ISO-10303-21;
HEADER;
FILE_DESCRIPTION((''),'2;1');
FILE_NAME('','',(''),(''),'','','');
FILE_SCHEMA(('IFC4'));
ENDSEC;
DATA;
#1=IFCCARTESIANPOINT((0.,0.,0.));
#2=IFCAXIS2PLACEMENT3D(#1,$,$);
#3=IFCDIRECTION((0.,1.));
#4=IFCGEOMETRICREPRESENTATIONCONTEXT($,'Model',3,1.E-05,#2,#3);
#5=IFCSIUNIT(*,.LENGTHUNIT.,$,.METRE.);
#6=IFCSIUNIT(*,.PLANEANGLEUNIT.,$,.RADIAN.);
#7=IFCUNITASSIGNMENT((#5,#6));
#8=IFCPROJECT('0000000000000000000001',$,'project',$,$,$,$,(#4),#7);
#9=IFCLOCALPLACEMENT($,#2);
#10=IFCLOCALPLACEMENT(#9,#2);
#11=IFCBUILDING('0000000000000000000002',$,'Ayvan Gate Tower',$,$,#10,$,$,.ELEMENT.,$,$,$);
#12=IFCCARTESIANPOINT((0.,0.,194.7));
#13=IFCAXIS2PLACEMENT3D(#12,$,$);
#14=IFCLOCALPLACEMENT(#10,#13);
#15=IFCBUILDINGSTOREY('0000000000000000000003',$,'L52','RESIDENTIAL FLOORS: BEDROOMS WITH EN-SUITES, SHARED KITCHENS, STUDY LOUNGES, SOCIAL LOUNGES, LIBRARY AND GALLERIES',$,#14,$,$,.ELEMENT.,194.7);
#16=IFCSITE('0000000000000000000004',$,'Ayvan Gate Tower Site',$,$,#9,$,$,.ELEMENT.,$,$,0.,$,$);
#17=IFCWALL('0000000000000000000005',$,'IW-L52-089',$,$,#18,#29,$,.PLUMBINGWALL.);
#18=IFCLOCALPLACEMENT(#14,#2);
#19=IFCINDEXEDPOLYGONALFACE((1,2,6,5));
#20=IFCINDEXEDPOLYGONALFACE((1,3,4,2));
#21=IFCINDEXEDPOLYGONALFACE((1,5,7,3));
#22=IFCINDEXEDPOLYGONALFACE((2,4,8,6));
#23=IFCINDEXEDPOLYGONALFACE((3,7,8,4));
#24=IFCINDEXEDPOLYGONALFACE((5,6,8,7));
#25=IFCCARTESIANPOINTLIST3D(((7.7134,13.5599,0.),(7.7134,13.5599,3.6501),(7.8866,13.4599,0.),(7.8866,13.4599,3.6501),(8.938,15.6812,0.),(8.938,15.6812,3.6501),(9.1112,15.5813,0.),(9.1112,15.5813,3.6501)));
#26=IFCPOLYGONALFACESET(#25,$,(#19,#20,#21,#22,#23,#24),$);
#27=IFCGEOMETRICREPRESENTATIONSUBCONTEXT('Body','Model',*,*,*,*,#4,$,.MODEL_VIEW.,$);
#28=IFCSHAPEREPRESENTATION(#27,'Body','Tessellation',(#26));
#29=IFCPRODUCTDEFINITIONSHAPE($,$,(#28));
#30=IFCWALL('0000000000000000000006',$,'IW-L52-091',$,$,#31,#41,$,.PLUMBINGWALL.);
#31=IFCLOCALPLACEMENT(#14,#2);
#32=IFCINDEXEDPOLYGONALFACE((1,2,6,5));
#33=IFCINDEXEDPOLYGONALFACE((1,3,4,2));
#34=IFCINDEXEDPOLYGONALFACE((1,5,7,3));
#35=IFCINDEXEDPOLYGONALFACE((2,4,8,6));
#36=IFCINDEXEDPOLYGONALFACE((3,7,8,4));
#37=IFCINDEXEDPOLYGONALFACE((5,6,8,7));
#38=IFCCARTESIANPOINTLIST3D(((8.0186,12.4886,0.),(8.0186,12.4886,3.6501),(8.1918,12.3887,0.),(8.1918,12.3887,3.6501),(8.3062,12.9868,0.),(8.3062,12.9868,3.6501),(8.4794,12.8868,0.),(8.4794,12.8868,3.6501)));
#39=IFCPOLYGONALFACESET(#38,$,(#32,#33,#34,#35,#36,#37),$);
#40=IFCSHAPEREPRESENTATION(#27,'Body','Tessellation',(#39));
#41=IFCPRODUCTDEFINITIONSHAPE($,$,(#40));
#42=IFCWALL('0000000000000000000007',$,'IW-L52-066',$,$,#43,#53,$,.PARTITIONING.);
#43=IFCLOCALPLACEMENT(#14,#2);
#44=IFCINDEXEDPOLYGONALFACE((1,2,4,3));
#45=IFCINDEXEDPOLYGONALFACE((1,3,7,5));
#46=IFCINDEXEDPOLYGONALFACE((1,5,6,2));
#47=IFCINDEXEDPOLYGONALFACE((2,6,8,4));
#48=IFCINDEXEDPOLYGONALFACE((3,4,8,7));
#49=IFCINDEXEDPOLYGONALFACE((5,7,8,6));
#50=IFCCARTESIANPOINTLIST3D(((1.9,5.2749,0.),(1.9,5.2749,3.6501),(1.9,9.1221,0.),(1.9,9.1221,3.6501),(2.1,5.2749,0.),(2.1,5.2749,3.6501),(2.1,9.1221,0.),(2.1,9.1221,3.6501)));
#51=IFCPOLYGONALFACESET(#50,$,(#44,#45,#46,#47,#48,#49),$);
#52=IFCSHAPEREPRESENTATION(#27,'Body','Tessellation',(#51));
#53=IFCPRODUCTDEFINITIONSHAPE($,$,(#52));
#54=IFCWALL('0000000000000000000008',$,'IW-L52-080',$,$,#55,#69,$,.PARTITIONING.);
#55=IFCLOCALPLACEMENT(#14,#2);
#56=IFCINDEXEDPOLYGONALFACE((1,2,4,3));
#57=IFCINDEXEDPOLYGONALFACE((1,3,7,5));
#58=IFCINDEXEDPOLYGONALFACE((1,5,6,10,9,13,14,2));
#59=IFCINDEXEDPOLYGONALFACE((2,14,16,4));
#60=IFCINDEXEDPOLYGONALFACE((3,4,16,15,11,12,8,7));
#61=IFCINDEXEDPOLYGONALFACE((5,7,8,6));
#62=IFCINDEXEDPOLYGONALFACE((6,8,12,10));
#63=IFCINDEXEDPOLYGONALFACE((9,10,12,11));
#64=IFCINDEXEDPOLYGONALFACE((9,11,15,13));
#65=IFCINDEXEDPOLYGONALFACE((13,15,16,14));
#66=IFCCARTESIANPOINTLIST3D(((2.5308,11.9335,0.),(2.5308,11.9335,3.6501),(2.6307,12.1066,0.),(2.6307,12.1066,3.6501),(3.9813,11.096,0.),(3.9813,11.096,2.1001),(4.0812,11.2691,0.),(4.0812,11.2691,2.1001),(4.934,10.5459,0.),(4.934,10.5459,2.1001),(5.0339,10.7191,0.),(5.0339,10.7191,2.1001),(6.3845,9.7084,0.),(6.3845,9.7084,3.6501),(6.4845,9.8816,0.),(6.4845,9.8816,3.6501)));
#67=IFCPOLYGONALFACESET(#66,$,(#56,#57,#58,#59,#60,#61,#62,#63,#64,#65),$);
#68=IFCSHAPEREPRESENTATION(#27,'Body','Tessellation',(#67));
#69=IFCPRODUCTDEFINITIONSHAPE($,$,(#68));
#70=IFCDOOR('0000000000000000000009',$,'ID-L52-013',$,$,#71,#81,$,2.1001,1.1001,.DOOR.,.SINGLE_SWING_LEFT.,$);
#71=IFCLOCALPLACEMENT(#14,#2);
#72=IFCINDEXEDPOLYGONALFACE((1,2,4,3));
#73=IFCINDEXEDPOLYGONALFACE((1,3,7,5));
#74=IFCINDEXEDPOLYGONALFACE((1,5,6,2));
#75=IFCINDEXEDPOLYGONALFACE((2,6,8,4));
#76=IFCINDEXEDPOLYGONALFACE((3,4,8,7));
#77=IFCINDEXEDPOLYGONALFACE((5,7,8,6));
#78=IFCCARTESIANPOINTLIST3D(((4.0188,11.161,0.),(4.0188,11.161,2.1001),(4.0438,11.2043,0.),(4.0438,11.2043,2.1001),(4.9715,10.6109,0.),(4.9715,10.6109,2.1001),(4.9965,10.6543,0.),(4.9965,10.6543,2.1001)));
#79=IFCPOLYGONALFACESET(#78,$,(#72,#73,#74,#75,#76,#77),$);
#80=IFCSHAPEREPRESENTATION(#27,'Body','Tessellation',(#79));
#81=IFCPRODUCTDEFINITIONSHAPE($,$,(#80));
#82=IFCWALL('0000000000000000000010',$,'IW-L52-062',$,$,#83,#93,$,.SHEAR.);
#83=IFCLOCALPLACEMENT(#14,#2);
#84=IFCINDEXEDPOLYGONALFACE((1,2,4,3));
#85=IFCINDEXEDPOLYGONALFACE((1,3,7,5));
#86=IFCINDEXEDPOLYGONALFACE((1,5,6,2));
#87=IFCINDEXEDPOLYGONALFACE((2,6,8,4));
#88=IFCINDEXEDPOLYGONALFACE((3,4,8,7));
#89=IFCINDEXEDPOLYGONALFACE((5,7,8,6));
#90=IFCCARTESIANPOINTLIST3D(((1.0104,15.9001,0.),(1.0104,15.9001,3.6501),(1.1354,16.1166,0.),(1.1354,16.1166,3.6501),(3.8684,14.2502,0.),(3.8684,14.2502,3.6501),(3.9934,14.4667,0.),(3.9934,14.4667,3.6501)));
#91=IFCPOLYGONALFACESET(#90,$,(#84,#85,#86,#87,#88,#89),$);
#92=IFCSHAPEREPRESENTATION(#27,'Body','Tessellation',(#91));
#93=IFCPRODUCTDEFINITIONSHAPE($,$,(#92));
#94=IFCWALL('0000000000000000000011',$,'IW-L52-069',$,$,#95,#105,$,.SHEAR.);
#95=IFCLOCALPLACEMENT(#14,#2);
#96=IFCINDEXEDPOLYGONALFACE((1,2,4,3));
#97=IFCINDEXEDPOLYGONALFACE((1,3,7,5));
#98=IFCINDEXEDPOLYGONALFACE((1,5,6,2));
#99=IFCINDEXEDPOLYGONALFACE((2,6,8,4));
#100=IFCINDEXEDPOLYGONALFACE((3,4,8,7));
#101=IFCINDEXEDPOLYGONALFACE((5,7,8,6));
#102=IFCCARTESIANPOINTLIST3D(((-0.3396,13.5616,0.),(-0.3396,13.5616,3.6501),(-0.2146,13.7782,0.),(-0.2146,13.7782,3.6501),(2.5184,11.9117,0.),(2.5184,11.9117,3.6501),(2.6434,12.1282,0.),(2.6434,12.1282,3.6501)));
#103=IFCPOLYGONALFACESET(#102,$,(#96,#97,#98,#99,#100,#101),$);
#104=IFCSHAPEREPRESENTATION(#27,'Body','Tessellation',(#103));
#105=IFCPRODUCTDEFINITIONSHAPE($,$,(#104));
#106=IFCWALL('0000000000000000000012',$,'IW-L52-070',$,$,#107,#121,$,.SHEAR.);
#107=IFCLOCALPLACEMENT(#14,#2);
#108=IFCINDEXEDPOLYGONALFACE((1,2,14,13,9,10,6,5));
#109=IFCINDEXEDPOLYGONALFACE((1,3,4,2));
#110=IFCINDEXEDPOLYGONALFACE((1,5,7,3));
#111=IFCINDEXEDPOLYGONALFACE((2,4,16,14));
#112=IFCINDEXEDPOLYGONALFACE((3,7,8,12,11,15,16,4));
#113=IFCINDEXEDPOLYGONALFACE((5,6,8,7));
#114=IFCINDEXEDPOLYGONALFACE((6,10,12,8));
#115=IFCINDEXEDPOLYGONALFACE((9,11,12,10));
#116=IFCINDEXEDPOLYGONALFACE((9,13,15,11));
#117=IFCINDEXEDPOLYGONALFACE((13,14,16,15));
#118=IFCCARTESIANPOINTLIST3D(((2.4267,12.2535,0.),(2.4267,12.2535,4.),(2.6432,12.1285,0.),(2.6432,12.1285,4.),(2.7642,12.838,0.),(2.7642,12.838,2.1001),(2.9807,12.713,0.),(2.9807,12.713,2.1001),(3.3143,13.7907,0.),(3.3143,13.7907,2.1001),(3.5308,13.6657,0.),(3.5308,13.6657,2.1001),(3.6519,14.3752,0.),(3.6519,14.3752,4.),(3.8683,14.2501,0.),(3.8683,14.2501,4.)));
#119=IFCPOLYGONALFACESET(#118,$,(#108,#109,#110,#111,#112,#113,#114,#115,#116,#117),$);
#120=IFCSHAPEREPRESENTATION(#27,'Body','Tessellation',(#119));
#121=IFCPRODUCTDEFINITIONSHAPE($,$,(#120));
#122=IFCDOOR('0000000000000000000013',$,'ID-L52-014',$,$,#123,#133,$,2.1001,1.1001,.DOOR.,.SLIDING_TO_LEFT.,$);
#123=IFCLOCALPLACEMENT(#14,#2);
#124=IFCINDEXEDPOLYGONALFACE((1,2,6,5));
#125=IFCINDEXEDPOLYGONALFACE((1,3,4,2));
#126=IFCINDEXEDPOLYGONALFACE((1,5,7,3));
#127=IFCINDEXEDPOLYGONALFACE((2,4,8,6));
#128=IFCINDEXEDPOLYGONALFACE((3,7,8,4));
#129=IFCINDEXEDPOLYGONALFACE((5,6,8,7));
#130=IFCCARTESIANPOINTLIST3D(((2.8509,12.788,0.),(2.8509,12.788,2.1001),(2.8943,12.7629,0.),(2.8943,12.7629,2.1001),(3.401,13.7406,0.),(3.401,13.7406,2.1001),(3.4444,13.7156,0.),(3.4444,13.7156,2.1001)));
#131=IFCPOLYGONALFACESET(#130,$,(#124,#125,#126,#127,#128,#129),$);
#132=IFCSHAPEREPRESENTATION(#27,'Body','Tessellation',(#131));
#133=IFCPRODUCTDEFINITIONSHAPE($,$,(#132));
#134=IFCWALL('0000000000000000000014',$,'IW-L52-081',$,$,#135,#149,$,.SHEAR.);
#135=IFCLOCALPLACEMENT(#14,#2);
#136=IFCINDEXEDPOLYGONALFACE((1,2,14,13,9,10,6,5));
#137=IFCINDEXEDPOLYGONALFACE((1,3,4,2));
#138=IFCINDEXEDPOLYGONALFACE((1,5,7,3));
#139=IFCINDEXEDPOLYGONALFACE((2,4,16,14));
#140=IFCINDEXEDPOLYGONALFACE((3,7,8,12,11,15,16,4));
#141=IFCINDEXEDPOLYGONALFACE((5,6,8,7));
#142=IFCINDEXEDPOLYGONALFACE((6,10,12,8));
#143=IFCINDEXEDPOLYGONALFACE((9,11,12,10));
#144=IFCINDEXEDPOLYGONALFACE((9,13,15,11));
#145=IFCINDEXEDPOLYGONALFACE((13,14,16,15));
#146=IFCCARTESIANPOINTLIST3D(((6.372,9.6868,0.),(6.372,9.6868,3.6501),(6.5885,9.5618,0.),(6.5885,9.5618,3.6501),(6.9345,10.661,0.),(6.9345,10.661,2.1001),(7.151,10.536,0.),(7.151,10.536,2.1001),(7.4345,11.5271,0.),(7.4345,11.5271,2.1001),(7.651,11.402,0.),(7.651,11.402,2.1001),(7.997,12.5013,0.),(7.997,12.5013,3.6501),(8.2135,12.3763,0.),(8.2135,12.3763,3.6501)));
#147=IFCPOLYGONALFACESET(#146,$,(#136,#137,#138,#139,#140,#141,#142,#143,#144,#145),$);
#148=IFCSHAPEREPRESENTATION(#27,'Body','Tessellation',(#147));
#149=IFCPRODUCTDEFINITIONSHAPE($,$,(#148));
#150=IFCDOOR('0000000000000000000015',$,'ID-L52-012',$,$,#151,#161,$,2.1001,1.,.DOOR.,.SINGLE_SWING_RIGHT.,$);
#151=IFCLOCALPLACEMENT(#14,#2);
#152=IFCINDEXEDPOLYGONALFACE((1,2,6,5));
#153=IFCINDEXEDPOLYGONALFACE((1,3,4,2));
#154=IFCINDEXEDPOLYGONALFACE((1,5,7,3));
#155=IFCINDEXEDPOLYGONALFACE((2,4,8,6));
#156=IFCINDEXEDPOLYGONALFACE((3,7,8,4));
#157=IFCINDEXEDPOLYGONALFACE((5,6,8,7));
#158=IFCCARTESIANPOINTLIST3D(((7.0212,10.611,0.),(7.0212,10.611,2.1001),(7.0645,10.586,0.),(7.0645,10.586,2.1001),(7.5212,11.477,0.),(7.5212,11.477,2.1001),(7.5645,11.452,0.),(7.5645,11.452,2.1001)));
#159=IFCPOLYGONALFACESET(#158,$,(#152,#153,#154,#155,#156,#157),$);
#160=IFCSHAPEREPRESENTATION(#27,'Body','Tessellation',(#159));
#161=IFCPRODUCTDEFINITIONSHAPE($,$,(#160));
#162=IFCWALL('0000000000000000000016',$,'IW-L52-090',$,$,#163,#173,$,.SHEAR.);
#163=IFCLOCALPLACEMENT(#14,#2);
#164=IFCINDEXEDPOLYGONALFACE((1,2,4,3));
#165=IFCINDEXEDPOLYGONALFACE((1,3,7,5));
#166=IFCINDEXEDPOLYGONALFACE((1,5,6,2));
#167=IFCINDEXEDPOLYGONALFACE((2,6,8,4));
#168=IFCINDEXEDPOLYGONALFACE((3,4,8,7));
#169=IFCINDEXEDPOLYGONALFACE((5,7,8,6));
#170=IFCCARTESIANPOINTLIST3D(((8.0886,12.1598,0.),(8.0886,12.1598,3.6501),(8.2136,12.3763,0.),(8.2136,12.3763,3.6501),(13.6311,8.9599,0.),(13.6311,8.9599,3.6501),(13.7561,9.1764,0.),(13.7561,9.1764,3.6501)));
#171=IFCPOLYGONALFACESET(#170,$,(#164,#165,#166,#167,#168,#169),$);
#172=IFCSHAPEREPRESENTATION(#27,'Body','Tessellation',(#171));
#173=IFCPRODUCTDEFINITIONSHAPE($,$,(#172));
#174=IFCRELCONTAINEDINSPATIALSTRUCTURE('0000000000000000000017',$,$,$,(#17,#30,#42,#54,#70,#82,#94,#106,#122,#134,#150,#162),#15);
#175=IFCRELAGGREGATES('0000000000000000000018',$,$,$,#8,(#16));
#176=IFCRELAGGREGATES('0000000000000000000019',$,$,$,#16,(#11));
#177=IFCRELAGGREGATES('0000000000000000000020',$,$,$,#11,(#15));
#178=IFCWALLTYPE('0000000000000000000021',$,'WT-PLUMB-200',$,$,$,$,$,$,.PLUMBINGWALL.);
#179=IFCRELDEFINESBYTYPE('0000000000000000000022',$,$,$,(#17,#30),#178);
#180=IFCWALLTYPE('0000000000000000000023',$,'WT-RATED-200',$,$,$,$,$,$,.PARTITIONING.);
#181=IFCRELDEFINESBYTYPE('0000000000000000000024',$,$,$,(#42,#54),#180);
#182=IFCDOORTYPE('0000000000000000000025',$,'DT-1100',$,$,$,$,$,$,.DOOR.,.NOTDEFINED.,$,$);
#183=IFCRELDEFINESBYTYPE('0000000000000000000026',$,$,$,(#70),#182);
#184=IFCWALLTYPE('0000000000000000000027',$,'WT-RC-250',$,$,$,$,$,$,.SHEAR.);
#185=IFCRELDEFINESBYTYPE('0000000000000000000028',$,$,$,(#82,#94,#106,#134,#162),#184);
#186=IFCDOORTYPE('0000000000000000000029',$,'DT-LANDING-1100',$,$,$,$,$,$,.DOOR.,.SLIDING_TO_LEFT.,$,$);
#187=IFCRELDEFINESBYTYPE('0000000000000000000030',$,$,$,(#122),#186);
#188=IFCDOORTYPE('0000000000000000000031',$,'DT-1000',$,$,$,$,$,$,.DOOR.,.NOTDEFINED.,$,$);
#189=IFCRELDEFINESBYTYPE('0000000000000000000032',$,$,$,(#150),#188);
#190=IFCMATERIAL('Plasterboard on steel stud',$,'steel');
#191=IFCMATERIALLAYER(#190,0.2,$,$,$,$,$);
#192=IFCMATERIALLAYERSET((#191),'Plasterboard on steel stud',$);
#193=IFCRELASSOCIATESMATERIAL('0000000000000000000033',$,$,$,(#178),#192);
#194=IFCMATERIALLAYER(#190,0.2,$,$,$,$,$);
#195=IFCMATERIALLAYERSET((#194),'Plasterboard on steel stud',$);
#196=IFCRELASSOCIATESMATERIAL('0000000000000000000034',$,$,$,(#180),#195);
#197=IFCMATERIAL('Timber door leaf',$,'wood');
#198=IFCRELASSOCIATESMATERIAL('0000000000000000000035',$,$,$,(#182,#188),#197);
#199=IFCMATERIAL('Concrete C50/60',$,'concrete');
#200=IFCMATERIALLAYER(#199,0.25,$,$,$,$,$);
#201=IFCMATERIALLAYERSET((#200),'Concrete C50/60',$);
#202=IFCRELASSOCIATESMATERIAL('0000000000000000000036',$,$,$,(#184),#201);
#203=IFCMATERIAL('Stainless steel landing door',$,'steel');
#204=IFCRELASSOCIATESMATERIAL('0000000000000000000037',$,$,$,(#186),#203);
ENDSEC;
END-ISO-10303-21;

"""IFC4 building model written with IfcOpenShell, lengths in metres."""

from ifc_helpers import new_model, si_unit, direction, frame, frame_2d, origin, place, context, subcontext, project, spatial, rectangle, extrude, material, layer, layer_set, type_object, element, fill, save


model = new_model("IFC4")

# Units and contexts
model_context = context("Model", 3, precision=1e-05, world=origin(), true_north=direction((0.0, 1.0)))
body_context = subcontext(model_context, "Body", "Model", "MODEL_VIEW")
ifc_project = project(units=[si_unit("LENGTHUNIT", "METRE"), si_unit("PLANEANGLEUNIT", "RADIAN")], contexts=[model_context])

# Site, building, storey
site_placement = place(None, origin())
site = spatial("IfcSite", under=ifc_project, at=site_placement, Name="Ayvan Gate Tower Site", CompositionType="ELEMENT", RefElevation=0.0)
building_placement = place(site_placement, origin())
building = spatial("IfcBuilding", under=site, at=building_placement, Name="Ayvan Gate Tower", CompositionType="ELEMENT")
storey_placement = place(building_placement, frame((0.0, 0.0, 194.7)))
storey = spatial("IfcBuildingStorey", under=building, at=storey_placement, Name="L52", Description="RESIDENTIAL FLOORS: BEDROOMS WITH EN-SUITES, SHARED KITCHENS, STUDY LOUNGES, SOCIAL LOUNGES, LIBRARY AND GALLERIES", CompositionType="ELEMENT", Elevation=194.7)

# Shared definitions
ifc_material_1 = material(Name="Timber door leaf", Category="wood")

# Walls
ifc_material_2 = material(Name="Plasterboard on steel stud", Category="steel")
ifc_layer_1 = layer(ifc_material_2, 0.2)
ifc_layer_set_1 = layer_set([ifc_layer_1], Name="Plasterboard on steel stud")
wall_type_1 = type_object("IfcWallType", Name="WT-PLUMB-200", PredefinedType="PLUMBINGWALL", material=ifc_layer_set_1)
wall_1_placement = place(storey_placement, frame((7.8, 13.51, 0.0), z_axis=(0.0, 0.0, 1.0), x_axis=(0.499955, 0.866051, 0.0)))
element("IfcWall", 1, at=wall_1_placement, inside=storey, type_object=wall_type_1, Name="IW-L52-089", PredefinedType="PLUMBINGWALL", context=body_context, shape_type="SweptSolid", body=[
    extrude(rectangle(XDim=2.4495, YDim=0.2, at=frame_2d((1.2246, 0.0))), origin(), (0.0, 0.0, 1.0), 3.6501),
])
wall_2_placement = place(storey_placement, frame((8.3928, 12.9368, 0.0), z_axis=(0.0, 0.0, 1.0), x_axis=(-0.500065, -0.865988, 0.0)))
element("IfcWall", 2, at=wall_2_placement, inside=storey, type_object=wall_type_1, Name="IW-L52-091", PredefinedType="PLUMBINGWALL", context=body_context, shape_type="SweptSolid", body=[
    extrude(rectangle(XDim=0.5752, YDim=0.2, at=frame_2d((0.2876, 0.0))), origin(), (0.0, 0.0, 1.0), 3.6501),
])
ifc_layer_2 = layer(ifc_material_2, 0.2)
ifc_layer_set_2 = layer_set([ifc_layer_2], Name="Plasterboard on steel stud")
wall_type_2 = type_object("IfcWallType", Name="WT-RATED-200", PredefinedType="PARTITIONING", material=ifc_layer_set_2)
wall_3_placement = place(storey_placement, frame((2.0, 9.1221, 0.0), z_axis=(0.0, 0.0, 1.0), x_axis=(0.0, -1.0, 0.0)))
element("IfcWall", 3, at=wall_3_placement, inside=storey, type_object=wall_type_2, Name="IW-L52-066", PredefinedType="PARTITIONING", context=body_context, shape_type="SweptSolid", body=[
    extrude(rectangle(XDim=3.8472, YDim=0.2, at=frame_2d((1.9236, 0.0))), origin(), (0.0, 0.0, 1.0), 3.6501),
])

# Wall, opening, door
wall_4_placement = place(storey_placement, frame((6.4346, 9.7949, 0.0), z_axis=(0.0, 0.0, 1.0), x_axis=(-0.866013, 0.500022, 0.0)))
wall_4 = element("IfcWall", 4, at=wall_4_placement, inside=storey, type_object=wall_type_2, Name="IW-L52-080", PredefinedType="PARTITIONING", context=body_context, shape_type="SweptSolid", body=[
    extrude(rectangle(XDim=4.45, YDim=0.2, at=frame_2d((2.2251, 0.0))), origin(), (0.0, 0.0, 1.0), 3.6501),
])
opening_1_placement = place(wall_4_placement, frame((1.675, 0.0, 0.0)))
opening_1 = element("IfcOpeningElement", 5, at=opening_1_placement, cuts=wall_4, PredefinedType="OPENING", context=body_context, shape_type="SweptSolid", body=[
    extrude(rectangle(XDim=1.1001, YDim=2.1001, at=frame_2d((0.55, 1.05))), frame((0.0, 0.1099, 0.0), z_axis=(0.0, -1.0, 0.0), x_axis=(1.0, 0.0, 0.0)), (0.0, 0.0, 1.0), 0.22),
])
door_type_1 = type_object("IfcDoorType", Name="DT-1100", OperationType="NOTDEFINED", PredefinedType="DOOR", material=ifc_material_1)
door_1_placement = place(opening_1_placement, origin())
door_1 = element("IfcDoor", 6, at=door_1_placement, inside=storey, type_object=door_type_1, Name="ID-L52-013", OperationType="SINGLE_SWING_LEFT", OverallHeight=2.1001, OverallWidth=1.1001, PredefinedType="DOOR", context=body_context, shape_type="SweptSolid", body=[
    extrude(rectangle(XDim=1.1001, YDim=2.1001, at=frame_2d((0.55, 1.05))), frame((0.0, 0.0249, 0.0), z_axis=(0.0, -1.0, 0.0), x_axis=(1.0, 0.0, 0.0)), (0.0, 0.0, 1.0), 0.05),
])
fill(opening_1, door_1)

# Walls
ifc_material_3 = material(Name="Concrete C50/60", Category="concrete")
ifc_layer_3 = layer(ifc_material_3, 0.25)
ifc_layer_set_3 = layer_set([ifc_layer_3], Name="Concrete C50/60")
wall_type_3 = type_object("IfcWallType", Name="WT-RC-250", PredefinedType="SHEAR", material=ifc_layer_set_3)
for number, where, z_axis, x_axis, name in (
    (7, (1.073, 16.0083, 0.0), (0.0, 0.0, 1.0), (0.86604, -0.499974, 0.0), "IW-L52-062"),
    (8, (2.5808, 12.02, 0.0), (0.0, 0.0, 1.0), (-0.86604, 0.499974, 0.0), "IW-L52-069"),
):
    element("IfcWall", number, at=place(storey_placement, frame(where, z_axis=z_axis, x_axis=x_axis)), inside=storey, type_object=wall_type_3, Name=name, PredefinedType="SHEAR", context=body_context, shape_type="SweptSolid", body=[
        extrude(rectangle(XDim=3.3, YDim=0.25, at=frame_2d((1.6499, 0.0))), origin(), (0.0, 0.0, 1.0), 3.6501),
    ])

# Walls, openings, doors
wall_5_placement = place(storey_placement, frame((2.5349, 12.1909, 0.0), z_axis=(0.0, 0.0, 1.0), x_axis=(0.500062, 0.86599, 0.0)))
wall_5 = element("IfcWall", 9, at=wall_5_placement, inside=storey, type_object=wall_type_3, Name="IW-L52-070", PredefinedType="SHEAR", context=body_context, shape_type="SweptSolid", body=[
    extrude(rectangle(XDim=2.45, YDim=0.25, at=frame_2d((1.2251, 0.0))), origin(), (0.0, 0.0, 1.0), 4.0),
])
opening_2_placement = place(wall_5_placement, frame((0.675, 0.0, 0.0)))
opening_2 = element("IfcOpeningElement", 10, at=opening_2_placement, cuts=wall_5, PredefinedType="OPENING", context=body_context, shape_type="SweptSolid", body=[
    extrude(rectangle(XDim=1.1001, YDim=2.1001, at=frame_2d((0.55, 1.05))), frame((0.0, 0.135, 0.0), z_axis=(0.0, -1.0, 0.0), x_axis=(1.0, 0.0, 0.0)), (0.0, 0.0, 1.0), 0.27),
])
ifc_material_4 = material(Name="Stainless steel landing door", Category="steel")
door_type_2 = type_object("IfcDoorType", Name="DT-LANDING-1100", OperationType="SLIDING_TO_LEFT", PredefinedType="DOOR", material=ifc_material_4)
door_2_placement = place(opening_2_placement, origin())
door_2 = element("IfcDoor", 11, at=door_2_placement, inside=storey, type_object=door_type_2, Name="ID-L52-014", OperationType="SLIDING_TO_LEFT", OverallHeight=2.1001, OverallWidth=1.1001, PredefinedType="DOOR", context=body_context, shape_type="SweptSolid", body=[
    extrude(rectangle(XDim=1.1001, YDim=2.1001, at=frame_2d((0.55, 1.05))), frame((0.0, 0.0249, 0.0), z_axis=(0.0, -1.0, 0.0), x_axis=(1.0, 0.0, 0.0)), (0.0, 0.0, 1.0), 0.05),
])
fill(opening_2, door_2)
wall_6_placement = place(storey_placement, frame((6.4802, 9.6243, 0.0), z_axis=(0.0, 0.0, 1.0), x_axis=(0.500017, 0.866015, 0.0)))
wall_6 = element("IfcWall", 12, at=wall_6_placement, inside=storey, type_object=wall_type_3, Name="IW-L52-081", PredefinedType="SHEAR", context=body_context, shape_type="SweptSolid", body=[
    extrude(rectangle(XDim=3.25, YDim=0.25, at=frame_2d((1.625, 0.0))), origin(), (0.0, 0.0, 1.0), 3.6501),
])
opening_3_placement = place(wall_6_placement, frame((1.125, 0.0, 0.0)))
opening_3 = element("IfcOpeningElement", 13, at=opening_3_placement, cuts=wall_6, PredefinedType="OPENING", context=body_context, shape_type="SweptSolid", body=[
    extrude(rectangle(XDim=1.0, YDim=2.1001, at=frame_2d((0.5, 1.05))), frame((0.0, 0.135, 0.0), z_axis=(0.0, -1.0, 0.0), x_axis=(1.0, 0.0, 0.0)), (0.0, 0.0, 1.0), 0.27),
])
door_type_3 = type_object("IfcDoorType", Name="DT-1000", OperationType="NOTDEFINED", PredefinedType="DOOR", material=ifc_material_1)
door_3_placement = place(opening_3_placement, origin())
door_3 = element("IfcDoor", 14, at=door_3_placement, inside=storey, type_object=door_type_3, Name="ID-L52-012", OperationType="SINGLE_SWING_RIGHT", OverallHeight=2.1001, OverallWidth=1.0, PredefinedType="DOOR", context=body_context, shape_type="SweptSolid", body=[
    extrude(rectangle(XDim=1.0, YDim=2.1001, at=frame_2d((0.5, 1.05))), frame((0.0, 0.0249, 0.0), z_axis=(0.0, -1.0, 0.0), x_axis=(1.0, 0.0, 0.0)), (0.0, 0.0, 1.0), 0.05),
])
fill(opening_3, door_3)

# Wall
wall_7_placement = place(storey_placement, frame((8.1511, 12.2681, 0.0), z_axis=(0.0, 0.0, 1.0), x_axis=(0.866025, -0.5, 0.0)))
element("IfcWall", 15, at=wall_7_placement, inside=storey, type_object=wall_type_3, Name="IW-L52-090", PredefinedType="SHEAR", context=body_context, shape_type="SweptSolid", body=[
    extrude(rectangle(XDim=6.3999, YDim=0.25, at=frame_2d((3.2, 0.0))), origin(), (0.0, 0.0, 1.0), 3.6501),
])

save(model, "model.ifc")
